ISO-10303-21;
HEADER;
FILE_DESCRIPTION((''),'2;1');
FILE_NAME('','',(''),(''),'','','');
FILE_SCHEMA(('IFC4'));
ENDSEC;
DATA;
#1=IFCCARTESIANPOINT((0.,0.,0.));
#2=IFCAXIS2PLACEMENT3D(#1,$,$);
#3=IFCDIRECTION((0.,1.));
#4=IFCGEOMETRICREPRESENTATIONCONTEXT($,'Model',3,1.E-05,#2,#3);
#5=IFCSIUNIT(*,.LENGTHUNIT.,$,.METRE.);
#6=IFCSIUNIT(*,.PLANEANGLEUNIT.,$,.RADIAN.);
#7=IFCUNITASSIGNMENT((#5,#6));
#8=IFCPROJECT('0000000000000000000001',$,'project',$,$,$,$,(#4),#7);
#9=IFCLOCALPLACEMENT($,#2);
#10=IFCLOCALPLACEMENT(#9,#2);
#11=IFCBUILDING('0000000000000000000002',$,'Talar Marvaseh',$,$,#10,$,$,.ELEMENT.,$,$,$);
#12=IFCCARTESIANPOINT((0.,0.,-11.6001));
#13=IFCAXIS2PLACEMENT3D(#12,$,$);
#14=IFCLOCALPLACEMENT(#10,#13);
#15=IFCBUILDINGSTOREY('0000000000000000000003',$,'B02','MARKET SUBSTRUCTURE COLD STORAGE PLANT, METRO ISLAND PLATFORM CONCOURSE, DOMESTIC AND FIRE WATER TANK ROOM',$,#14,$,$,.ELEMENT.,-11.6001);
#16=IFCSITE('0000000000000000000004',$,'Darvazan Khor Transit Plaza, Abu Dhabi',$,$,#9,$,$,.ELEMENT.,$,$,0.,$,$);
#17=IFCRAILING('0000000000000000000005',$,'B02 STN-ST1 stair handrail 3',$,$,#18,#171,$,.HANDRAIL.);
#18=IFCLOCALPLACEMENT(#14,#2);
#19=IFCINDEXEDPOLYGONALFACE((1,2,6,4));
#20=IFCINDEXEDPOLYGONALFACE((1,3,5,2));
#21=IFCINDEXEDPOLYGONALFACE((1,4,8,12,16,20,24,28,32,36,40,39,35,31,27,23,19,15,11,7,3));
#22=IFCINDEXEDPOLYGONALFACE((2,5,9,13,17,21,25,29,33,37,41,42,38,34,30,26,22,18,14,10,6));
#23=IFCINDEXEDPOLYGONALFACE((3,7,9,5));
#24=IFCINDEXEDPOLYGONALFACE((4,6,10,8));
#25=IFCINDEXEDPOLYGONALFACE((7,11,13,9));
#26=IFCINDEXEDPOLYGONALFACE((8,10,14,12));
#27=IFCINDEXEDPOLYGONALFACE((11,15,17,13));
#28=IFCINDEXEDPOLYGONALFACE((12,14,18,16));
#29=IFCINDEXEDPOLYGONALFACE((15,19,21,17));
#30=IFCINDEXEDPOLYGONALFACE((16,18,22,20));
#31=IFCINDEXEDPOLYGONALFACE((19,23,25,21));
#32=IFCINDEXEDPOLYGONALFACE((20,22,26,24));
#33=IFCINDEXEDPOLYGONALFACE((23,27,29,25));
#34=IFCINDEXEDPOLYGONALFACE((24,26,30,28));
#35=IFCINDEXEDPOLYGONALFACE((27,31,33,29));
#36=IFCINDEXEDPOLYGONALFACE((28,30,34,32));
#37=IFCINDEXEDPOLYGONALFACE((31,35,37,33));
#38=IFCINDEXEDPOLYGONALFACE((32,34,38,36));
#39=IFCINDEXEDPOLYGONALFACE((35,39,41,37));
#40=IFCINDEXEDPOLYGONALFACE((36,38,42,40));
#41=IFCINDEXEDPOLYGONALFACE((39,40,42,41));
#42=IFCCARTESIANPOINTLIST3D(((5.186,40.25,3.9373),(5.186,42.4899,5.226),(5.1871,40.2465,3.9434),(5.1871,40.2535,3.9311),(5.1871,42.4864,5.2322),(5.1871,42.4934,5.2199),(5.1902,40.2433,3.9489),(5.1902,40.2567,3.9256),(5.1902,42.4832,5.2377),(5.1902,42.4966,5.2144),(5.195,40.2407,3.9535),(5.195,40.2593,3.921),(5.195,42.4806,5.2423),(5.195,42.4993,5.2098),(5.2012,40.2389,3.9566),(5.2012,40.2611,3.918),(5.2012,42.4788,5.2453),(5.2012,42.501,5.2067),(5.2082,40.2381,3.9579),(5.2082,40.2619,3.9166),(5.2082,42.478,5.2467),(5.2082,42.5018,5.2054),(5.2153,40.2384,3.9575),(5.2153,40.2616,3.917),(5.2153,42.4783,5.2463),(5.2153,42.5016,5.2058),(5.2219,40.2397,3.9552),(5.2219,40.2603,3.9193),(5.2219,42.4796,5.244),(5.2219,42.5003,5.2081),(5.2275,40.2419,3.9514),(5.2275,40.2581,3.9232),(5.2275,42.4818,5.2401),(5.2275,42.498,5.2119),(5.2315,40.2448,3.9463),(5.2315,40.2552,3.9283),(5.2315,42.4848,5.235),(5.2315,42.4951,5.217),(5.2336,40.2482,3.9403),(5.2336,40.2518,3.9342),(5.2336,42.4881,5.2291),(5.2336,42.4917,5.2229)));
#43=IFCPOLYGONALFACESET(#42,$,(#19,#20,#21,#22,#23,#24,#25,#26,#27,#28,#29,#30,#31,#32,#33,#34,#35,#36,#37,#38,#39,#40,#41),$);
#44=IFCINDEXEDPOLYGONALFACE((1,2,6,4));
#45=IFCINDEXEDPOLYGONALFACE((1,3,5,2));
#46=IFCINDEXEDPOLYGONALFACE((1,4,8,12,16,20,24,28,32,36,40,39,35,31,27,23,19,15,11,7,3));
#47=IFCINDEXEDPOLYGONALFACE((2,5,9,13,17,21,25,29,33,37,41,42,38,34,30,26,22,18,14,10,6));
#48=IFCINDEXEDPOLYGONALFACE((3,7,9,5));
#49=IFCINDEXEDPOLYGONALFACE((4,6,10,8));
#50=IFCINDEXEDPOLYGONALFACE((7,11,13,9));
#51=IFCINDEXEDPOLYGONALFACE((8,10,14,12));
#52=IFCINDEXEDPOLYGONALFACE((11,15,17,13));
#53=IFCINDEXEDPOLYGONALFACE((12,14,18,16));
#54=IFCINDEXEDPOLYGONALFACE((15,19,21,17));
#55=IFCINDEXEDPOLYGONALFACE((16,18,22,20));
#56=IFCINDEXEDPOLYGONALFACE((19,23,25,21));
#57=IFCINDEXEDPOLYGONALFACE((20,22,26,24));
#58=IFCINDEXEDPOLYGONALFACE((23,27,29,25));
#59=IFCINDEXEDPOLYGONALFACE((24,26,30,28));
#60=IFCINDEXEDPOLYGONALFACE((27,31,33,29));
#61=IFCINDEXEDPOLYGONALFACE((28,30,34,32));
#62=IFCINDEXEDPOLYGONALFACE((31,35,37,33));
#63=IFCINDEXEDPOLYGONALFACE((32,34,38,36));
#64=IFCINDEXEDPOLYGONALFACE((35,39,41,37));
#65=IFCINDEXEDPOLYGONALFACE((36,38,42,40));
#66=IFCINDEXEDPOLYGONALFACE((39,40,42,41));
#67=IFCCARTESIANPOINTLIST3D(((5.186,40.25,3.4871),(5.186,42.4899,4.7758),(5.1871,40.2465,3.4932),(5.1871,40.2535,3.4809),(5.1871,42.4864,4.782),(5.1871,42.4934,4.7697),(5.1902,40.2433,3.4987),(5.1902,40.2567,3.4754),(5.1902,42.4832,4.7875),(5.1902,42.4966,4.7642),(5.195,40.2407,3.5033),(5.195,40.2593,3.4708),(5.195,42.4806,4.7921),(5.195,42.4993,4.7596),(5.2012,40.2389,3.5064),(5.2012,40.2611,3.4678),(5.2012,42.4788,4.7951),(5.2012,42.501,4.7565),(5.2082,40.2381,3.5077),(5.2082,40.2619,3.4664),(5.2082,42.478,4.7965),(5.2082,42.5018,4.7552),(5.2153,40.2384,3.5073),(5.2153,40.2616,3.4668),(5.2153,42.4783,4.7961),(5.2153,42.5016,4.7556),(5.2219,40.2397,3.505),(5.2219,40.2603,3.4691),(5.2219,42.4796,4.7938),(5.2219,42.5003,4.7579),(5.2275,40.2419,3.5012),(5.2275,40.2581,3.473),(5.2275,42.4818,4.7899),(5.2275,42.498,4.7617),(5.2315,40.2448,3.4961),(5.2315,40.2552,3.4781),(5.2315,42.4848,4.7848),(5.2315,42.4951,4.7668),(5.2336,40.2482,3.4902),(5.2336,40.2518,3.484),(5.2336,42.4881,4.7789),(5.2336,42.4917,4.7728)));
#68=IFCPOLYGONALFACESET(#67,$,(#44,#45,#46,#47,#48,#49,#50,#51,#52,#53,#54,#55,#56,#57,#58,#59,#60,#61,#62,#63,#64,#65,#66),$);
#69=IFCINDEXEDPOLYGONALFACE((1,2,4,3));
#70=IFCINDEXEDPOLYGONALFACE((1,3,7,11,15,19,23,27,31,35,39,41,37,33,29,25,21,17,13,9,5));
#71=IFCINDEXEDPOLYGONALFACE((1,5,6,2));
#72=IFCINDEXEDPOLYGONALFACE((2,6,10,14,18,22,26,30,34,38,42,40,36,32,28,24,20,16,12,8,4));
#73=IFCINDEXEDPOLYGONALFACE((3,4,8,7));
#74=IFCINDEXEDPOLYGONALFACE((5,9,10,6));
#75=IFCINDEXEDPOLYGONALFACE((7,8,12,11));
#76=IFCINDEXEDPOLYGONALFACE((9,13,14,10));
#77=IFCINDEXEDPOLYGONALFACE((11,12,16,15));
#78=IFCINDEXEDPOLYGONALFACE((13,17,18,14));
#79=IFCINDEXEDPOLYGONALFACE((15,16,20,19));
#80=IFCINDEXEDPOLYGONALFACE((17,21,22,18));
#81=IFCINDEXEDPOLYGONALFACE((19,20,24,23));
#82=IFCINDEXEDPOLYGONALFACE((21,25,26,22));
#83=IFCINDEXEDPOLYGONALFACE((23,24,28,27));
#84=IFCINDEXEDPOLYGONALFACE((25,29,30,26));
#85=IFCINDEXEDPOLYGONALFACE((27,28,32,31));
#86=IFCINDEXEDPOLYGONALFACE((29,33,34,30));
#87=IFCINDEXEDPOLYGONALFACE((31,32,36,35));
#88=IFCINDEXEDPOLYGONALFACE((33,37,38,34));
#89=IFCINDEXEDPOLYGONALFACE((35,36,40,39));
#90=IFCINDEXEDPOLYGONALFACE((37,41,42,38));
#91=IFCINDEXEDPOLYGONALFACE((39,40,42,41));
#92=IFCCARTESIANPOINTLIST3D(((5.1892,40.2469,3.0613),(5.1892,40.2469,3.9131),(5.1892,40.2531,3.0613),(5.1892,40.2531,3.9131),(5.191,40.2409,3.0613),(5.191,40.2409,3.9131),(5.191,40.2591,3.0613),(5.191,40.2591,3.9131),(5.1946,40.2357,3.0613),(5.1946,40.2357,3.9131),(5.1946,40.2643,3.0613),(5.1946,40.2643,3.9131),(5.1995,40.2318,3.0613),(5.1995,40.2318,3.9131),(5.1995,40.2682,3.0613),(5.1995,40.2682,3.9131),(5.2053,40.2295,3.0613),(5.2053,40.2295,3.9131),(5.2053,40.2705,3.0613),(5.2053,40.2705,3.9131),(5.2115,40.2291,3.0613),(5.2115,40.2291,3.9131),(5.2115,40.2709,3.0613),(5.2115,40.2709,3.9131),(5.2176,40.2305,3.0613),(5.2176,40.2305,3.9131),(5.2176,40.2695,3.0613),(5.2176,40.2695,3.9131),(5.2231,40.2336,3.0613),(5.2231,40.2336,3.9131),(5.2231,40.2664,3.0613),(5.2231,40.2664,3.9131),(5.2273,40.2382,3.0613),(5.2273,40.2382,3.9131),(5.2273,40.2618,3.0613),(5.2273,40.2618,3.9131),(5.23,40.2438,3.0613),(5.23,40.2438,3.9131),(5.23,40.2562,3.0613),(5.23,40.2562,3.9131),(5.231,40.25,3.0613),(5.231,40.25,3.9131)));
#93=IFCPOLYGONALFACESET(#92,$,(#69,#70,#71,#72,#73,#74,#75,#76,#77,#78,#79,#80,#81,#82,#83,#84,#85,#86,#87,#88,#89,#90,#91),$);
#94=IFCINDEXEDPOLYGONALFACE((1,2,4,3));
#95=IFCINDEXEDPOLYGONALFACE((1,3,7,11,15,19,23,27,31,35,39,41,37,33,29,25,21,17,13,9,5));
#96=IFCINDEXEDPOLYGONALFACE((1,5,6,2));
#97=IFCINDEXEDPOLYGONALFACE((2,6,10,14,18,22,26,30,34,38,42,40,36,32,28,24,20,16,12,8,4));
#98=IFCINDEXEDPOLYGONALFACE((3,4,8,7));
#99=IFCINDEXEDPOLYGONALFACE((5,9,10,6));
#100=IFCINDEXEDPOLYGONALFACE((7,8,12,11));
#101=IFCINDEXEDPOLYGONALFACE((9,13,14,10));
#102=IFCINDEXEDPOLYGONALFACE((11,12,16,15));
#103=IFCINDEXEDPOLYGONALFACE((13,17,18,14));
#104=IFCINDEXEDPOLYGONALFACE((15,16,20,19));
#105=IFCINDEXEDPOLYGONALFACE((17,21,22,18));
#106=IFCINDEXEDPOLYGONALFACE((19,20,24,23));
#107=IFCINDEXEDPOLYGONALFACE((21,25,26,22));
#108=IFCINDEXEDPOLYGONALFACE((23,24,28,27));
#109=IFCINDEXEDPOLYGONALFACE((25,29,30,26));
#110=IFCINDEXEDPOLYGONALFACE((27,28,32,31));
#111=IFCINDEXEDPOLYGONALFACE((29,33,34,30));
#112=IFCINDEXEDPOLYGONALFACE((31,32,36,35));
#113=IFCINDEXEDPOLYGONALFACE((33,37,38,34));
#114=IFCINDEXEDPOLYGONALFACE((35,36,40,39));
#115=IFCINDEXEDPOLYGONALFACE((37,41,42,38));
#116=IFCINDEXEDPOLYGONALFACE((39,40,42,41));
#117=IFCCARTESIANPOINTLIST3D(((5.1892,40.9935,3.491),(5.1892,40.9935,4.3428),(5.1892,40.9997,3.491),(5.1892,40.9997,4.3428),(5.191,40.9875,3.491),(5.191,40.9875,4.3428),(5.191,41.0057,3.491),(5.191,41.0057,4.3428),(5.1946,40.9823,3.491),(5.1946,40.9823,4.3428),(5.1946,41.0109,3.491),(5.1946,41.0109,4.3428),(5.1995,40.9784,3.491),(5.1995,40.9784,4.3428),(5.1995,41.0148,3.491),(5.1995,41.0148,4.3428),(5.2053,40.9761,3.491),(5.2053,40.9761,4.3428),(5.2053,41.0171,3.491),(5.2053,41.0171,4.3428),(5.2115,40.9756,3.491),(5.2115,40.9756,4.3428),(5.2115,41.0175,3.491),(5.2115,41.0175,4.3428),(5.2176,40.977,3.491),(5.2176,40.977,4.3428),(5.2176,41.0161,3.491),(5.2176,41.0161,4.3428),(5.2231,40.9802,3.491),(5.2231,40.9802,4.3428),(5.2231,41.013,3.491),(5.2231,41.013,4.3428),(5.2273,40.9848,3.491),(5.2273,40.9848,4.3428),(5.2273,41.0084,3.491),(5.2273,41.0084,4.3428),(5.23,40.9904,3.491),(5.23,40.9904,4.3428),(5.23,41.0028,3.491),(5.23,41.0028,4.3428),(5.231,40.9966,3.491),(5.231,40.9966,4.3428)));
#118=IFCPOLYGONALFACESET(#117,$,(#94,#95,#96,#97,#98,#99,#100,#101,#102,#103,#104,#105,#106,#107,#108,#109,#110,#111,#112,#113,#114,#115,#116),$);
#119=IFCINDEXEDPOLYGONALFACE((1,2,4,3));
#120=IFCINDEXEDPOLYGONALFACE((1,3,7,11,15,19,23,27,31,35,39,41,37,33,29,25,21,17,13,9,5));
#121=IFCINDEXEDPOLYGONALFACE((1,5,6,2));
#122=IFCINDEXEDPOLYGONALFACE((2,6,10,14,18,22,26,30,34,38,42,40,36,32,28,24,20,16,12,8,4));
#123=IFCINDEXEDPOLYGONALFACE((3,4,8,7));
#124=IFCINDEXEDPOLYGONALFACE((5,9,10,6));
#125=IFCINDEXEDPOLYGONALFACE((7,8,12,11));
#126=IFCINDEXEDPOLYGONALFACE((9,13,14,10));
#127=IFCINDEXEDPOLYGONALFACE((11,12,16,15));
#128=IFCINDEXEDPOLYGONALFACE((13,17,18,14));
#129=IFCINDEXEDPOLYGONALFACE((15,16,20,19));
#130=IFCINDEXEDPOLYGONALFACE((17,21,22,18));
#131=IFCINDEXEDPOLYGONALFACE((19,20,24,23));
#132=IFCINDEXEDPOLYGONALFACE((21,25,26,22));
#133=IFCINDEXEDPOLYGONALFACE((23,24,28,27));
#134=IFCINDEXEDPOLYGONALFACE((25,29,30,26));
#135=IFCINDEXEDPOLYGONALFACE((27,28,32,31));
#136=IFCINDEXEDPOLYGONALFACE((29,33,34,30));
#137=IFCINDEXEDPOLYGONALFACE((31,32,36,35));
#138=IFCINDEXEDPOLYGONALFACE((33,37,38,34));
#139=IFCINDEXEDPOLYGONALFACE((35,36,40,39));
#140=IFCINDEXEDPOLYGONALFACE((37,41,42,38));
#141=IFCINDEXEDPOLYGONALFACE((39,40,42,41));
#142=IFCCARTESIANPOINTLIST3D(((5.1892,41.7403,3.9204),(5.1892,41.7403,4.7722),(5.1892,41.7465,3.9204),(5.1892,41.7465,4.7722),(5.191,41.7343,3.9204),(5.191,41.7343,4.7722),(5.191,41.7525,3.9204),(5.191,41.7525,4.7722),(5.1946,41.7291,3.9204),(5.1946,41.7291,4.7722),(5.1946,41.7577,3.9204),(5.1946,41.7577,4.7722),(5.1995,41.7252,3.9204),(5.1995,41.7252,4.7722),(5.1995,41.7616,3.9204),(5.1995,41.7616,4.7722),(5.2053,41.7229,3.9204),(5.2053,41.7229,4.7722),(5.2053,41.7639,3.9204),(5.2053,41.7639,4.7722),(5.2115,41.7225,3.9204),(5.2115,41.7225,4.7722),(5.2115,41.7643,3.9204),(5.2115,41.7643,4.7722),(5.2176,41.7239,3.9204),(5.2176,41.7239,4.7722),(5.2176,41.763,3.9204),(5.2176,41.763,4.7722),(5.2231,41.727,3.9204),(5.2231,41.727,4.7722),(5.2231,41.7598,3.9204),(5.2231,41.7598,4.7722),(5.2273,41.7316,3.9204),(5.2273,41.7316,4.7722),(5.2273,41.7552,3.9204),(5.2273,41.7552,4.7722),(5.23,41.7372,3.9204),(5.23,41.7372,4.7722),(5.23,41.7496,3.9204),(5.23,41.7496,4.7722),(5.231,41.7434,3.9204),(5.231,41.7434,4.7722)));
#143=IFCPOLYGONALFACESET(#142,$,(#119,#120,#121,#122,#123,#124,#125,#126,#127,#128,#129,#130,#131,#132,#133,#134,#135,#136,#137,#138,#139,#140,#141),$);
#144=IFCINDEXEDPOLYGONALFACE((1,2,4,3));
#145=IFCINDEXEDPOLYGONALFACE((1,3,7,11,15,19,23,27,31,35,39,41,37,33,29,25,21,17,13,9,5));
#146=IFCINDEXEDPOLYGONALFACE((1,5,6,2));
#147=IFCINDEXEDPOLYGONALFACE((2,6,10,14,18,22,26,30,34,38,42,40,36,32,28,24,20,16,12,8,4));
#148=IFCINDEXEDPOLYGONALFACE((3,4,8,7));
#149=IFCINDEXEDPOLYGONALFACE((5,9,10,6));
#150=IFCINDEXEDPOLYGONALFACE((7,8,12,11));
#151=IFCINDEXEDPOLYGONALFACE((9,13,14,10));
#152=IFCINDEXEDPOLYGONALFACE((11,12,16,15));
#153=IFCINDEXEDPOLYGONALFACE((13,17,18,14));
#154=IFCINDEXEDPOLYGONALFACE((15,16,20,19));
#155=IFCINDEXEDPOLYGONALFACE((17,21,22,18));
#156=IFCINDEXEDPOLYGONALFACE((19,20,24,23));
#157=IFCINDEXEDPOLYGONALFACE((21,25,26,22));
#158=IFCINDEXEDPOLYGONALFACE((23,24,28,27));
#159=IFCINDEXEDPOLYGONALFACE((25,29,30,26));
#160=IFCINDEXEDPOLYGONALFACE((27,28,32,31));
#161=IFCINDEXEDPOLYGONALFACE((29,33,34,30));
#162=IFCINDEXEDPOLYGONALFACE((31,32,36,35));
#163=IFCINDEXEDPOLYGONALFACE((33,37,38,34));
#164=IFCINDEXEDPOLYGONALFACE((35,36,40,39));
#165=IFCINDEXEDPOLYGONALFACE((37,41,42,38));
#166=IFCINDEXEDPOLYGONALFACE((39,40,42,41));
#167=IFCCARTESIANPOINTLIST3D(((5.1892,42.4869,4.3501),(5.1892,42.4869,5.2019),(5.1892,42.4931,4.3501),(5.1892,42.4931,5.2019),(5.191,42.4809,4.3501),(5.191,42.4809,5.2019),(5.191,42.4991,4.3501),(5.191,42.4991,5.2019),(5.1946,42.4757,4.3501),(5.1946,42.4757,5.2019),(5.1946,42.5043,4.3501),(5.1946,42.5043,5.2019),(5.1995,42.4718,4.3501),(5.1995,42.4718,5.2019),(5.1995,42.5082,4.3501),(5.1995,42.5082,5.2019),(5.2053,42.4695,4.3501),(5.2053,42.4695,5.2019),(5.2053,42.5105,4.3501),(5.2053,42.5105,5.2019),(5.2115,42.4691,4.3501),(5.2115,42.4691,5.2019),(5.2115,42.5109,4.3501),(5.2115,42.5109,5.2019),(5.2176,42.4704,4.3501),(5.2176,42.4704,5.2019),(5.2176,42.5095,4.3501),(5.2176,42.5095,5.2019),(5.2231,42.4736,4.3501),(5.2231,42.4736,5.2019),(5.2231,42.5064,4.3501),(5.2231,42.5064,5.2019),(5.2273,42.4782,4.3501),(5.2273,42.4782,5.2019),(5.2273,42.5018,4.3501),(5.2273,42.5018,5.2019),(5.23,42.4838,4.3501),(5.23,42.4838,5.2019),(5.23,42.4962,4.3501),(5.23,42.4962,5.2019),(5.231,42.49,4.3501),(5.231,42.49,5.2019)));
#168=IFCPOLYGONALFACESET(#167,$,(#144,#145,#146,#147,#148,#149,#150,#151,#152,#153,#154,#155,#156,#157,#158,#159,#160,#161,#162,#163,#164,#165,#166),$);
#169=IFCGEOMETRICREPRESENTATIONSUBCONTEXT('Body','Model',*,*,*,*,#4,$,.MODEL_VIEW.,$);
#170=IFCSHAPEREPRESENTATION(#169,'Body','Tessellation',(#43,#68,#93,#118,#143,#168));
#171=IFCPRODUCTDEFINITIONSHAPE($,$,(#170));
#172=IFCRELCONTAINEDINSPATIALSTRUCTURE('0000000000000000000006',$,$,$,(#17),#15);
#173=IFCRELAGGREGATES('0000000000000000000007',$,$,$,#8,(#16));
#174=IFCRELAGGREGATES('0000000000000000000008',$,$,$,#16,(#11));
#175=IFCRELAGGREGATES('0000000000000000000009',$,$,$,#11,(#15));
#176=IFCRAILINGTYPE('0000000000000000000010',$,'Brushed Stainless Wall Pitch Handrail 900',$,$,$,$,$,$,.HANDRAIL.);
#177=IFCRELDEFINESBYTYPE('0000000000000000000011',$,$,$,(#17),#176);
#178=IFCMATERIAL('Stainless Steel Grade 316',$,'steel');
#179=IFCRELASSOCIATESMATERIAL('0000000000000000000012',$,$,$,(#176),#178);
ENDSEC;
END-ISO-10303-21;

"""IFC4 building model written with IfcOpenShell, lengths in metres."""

from ifc_helpers import new_model, si_unit, direction, frame, origin, origin_2d, place, context, subcontext, project, spatial, circle, extrude, material, type_object, element, save


model = new_model("IFC4")

# Units and contexts
model_context = context("Model", 3, precision=1e-05, world=origin(), true_north=direction((0.0, 1.0)))
body_context = subcontext(model_context, "Body", "Model", "MODEL_VIEW")
ifc_project = project(units=[si_unit("LENGTHUNIT", "METRE"), si_unit("PLANEANGLEUNIT", "RADIAN")], contexts=[model_context])

# Site, building, storey
site_placement = place(None, origin())
site = spatial("IfcSite", under=ifc_project, at=site_placement, Name="Darvazan Khor Transit Plaza, Abu Dhabi", CompositionType="ELEMENT", RefElevation=0.0)
building_placement = place(site_placement, origin())
building = spatial("IfcBuilding", under=site, at=building_placement, Name="Talar Marvaseh", CompositionType="ELEMENT")
storey_placement = place(building_placement, frame((0.0, 0.0, -11.6001)))
storey = spatial("IfcBuildingStorey", under=building, at=storey_placement, Name="B02", Description="MARKET SUBSTRUCTURE COLD STORAGE PLANT, METRO ISLAND PLATFORM CONCOURSE, DOMESTIC AND FIRE WATER TANK ROOM", CompositionType="ELEMENT", Elevation=-11.6001)

# Railing
ifc_material_1 = material(Name="Stainless Steel Grade 316", Category="steel")
railing_type = type_object("IfcRailingType", Name="Brushed Stainless Wall Pitch Handrail 900", PredefinedType="HANDRAIL", material=ifc_material_1)
railing_1_placement = place(storey_placement, frame((5.21, 40.25, 3.0613)))
element("IfcRailing", 1, at=railing_1_placement, inside=storey, type_object=railing_type, Name="B02 STN-ST1 stair handrail 3", PredefinedType="HANDRAIL", context=body_context, shape_type="SweptSolid", body=[
    extrude(circle(Radius=0.0239, at=origin_2d()), frame((0.0, 0.0, 0.876), z_axis=(0.0, 0.866768, 0.498711), x_axis=(-1.0, 0.0, 0.0)), (0.0, 0.0, 1.0), 2.5842),
    extrude(circle(Radius=0.0239, at=origin_2d()), frame((0.0, 0.0, 0.4258), z_axis=(0.0, 0.866768, 0.498711), x_axis=(-1.0, 0.0, 0.0)), (0.0, 0.0, 1.0), 2.5842),
    extrude(circle(Radius=0.021, at=origin_2d()), origin(), (0.0, 0.0, 1.0), 0.8518),
    extrude(circle(Radius=0.021, at=origin_2d()), frame((0.0, 0.7466, 0.4297)), (0.0, 0.0, 1.0), 0.8518),
    extrude(circle(Radius=0.021, at=origin_2d()), frame((0.0, 1.4934, 0.8591)), (0.0, 0.0, 1.0), 0.8518),
    extrude(circle(Radius=0.021, at=origin_2d()), frame((0.0, 2.24, 1.2888)), (0.0, 0.0, 1.0), 0.8518),
])

save(model, "model.ifc")
